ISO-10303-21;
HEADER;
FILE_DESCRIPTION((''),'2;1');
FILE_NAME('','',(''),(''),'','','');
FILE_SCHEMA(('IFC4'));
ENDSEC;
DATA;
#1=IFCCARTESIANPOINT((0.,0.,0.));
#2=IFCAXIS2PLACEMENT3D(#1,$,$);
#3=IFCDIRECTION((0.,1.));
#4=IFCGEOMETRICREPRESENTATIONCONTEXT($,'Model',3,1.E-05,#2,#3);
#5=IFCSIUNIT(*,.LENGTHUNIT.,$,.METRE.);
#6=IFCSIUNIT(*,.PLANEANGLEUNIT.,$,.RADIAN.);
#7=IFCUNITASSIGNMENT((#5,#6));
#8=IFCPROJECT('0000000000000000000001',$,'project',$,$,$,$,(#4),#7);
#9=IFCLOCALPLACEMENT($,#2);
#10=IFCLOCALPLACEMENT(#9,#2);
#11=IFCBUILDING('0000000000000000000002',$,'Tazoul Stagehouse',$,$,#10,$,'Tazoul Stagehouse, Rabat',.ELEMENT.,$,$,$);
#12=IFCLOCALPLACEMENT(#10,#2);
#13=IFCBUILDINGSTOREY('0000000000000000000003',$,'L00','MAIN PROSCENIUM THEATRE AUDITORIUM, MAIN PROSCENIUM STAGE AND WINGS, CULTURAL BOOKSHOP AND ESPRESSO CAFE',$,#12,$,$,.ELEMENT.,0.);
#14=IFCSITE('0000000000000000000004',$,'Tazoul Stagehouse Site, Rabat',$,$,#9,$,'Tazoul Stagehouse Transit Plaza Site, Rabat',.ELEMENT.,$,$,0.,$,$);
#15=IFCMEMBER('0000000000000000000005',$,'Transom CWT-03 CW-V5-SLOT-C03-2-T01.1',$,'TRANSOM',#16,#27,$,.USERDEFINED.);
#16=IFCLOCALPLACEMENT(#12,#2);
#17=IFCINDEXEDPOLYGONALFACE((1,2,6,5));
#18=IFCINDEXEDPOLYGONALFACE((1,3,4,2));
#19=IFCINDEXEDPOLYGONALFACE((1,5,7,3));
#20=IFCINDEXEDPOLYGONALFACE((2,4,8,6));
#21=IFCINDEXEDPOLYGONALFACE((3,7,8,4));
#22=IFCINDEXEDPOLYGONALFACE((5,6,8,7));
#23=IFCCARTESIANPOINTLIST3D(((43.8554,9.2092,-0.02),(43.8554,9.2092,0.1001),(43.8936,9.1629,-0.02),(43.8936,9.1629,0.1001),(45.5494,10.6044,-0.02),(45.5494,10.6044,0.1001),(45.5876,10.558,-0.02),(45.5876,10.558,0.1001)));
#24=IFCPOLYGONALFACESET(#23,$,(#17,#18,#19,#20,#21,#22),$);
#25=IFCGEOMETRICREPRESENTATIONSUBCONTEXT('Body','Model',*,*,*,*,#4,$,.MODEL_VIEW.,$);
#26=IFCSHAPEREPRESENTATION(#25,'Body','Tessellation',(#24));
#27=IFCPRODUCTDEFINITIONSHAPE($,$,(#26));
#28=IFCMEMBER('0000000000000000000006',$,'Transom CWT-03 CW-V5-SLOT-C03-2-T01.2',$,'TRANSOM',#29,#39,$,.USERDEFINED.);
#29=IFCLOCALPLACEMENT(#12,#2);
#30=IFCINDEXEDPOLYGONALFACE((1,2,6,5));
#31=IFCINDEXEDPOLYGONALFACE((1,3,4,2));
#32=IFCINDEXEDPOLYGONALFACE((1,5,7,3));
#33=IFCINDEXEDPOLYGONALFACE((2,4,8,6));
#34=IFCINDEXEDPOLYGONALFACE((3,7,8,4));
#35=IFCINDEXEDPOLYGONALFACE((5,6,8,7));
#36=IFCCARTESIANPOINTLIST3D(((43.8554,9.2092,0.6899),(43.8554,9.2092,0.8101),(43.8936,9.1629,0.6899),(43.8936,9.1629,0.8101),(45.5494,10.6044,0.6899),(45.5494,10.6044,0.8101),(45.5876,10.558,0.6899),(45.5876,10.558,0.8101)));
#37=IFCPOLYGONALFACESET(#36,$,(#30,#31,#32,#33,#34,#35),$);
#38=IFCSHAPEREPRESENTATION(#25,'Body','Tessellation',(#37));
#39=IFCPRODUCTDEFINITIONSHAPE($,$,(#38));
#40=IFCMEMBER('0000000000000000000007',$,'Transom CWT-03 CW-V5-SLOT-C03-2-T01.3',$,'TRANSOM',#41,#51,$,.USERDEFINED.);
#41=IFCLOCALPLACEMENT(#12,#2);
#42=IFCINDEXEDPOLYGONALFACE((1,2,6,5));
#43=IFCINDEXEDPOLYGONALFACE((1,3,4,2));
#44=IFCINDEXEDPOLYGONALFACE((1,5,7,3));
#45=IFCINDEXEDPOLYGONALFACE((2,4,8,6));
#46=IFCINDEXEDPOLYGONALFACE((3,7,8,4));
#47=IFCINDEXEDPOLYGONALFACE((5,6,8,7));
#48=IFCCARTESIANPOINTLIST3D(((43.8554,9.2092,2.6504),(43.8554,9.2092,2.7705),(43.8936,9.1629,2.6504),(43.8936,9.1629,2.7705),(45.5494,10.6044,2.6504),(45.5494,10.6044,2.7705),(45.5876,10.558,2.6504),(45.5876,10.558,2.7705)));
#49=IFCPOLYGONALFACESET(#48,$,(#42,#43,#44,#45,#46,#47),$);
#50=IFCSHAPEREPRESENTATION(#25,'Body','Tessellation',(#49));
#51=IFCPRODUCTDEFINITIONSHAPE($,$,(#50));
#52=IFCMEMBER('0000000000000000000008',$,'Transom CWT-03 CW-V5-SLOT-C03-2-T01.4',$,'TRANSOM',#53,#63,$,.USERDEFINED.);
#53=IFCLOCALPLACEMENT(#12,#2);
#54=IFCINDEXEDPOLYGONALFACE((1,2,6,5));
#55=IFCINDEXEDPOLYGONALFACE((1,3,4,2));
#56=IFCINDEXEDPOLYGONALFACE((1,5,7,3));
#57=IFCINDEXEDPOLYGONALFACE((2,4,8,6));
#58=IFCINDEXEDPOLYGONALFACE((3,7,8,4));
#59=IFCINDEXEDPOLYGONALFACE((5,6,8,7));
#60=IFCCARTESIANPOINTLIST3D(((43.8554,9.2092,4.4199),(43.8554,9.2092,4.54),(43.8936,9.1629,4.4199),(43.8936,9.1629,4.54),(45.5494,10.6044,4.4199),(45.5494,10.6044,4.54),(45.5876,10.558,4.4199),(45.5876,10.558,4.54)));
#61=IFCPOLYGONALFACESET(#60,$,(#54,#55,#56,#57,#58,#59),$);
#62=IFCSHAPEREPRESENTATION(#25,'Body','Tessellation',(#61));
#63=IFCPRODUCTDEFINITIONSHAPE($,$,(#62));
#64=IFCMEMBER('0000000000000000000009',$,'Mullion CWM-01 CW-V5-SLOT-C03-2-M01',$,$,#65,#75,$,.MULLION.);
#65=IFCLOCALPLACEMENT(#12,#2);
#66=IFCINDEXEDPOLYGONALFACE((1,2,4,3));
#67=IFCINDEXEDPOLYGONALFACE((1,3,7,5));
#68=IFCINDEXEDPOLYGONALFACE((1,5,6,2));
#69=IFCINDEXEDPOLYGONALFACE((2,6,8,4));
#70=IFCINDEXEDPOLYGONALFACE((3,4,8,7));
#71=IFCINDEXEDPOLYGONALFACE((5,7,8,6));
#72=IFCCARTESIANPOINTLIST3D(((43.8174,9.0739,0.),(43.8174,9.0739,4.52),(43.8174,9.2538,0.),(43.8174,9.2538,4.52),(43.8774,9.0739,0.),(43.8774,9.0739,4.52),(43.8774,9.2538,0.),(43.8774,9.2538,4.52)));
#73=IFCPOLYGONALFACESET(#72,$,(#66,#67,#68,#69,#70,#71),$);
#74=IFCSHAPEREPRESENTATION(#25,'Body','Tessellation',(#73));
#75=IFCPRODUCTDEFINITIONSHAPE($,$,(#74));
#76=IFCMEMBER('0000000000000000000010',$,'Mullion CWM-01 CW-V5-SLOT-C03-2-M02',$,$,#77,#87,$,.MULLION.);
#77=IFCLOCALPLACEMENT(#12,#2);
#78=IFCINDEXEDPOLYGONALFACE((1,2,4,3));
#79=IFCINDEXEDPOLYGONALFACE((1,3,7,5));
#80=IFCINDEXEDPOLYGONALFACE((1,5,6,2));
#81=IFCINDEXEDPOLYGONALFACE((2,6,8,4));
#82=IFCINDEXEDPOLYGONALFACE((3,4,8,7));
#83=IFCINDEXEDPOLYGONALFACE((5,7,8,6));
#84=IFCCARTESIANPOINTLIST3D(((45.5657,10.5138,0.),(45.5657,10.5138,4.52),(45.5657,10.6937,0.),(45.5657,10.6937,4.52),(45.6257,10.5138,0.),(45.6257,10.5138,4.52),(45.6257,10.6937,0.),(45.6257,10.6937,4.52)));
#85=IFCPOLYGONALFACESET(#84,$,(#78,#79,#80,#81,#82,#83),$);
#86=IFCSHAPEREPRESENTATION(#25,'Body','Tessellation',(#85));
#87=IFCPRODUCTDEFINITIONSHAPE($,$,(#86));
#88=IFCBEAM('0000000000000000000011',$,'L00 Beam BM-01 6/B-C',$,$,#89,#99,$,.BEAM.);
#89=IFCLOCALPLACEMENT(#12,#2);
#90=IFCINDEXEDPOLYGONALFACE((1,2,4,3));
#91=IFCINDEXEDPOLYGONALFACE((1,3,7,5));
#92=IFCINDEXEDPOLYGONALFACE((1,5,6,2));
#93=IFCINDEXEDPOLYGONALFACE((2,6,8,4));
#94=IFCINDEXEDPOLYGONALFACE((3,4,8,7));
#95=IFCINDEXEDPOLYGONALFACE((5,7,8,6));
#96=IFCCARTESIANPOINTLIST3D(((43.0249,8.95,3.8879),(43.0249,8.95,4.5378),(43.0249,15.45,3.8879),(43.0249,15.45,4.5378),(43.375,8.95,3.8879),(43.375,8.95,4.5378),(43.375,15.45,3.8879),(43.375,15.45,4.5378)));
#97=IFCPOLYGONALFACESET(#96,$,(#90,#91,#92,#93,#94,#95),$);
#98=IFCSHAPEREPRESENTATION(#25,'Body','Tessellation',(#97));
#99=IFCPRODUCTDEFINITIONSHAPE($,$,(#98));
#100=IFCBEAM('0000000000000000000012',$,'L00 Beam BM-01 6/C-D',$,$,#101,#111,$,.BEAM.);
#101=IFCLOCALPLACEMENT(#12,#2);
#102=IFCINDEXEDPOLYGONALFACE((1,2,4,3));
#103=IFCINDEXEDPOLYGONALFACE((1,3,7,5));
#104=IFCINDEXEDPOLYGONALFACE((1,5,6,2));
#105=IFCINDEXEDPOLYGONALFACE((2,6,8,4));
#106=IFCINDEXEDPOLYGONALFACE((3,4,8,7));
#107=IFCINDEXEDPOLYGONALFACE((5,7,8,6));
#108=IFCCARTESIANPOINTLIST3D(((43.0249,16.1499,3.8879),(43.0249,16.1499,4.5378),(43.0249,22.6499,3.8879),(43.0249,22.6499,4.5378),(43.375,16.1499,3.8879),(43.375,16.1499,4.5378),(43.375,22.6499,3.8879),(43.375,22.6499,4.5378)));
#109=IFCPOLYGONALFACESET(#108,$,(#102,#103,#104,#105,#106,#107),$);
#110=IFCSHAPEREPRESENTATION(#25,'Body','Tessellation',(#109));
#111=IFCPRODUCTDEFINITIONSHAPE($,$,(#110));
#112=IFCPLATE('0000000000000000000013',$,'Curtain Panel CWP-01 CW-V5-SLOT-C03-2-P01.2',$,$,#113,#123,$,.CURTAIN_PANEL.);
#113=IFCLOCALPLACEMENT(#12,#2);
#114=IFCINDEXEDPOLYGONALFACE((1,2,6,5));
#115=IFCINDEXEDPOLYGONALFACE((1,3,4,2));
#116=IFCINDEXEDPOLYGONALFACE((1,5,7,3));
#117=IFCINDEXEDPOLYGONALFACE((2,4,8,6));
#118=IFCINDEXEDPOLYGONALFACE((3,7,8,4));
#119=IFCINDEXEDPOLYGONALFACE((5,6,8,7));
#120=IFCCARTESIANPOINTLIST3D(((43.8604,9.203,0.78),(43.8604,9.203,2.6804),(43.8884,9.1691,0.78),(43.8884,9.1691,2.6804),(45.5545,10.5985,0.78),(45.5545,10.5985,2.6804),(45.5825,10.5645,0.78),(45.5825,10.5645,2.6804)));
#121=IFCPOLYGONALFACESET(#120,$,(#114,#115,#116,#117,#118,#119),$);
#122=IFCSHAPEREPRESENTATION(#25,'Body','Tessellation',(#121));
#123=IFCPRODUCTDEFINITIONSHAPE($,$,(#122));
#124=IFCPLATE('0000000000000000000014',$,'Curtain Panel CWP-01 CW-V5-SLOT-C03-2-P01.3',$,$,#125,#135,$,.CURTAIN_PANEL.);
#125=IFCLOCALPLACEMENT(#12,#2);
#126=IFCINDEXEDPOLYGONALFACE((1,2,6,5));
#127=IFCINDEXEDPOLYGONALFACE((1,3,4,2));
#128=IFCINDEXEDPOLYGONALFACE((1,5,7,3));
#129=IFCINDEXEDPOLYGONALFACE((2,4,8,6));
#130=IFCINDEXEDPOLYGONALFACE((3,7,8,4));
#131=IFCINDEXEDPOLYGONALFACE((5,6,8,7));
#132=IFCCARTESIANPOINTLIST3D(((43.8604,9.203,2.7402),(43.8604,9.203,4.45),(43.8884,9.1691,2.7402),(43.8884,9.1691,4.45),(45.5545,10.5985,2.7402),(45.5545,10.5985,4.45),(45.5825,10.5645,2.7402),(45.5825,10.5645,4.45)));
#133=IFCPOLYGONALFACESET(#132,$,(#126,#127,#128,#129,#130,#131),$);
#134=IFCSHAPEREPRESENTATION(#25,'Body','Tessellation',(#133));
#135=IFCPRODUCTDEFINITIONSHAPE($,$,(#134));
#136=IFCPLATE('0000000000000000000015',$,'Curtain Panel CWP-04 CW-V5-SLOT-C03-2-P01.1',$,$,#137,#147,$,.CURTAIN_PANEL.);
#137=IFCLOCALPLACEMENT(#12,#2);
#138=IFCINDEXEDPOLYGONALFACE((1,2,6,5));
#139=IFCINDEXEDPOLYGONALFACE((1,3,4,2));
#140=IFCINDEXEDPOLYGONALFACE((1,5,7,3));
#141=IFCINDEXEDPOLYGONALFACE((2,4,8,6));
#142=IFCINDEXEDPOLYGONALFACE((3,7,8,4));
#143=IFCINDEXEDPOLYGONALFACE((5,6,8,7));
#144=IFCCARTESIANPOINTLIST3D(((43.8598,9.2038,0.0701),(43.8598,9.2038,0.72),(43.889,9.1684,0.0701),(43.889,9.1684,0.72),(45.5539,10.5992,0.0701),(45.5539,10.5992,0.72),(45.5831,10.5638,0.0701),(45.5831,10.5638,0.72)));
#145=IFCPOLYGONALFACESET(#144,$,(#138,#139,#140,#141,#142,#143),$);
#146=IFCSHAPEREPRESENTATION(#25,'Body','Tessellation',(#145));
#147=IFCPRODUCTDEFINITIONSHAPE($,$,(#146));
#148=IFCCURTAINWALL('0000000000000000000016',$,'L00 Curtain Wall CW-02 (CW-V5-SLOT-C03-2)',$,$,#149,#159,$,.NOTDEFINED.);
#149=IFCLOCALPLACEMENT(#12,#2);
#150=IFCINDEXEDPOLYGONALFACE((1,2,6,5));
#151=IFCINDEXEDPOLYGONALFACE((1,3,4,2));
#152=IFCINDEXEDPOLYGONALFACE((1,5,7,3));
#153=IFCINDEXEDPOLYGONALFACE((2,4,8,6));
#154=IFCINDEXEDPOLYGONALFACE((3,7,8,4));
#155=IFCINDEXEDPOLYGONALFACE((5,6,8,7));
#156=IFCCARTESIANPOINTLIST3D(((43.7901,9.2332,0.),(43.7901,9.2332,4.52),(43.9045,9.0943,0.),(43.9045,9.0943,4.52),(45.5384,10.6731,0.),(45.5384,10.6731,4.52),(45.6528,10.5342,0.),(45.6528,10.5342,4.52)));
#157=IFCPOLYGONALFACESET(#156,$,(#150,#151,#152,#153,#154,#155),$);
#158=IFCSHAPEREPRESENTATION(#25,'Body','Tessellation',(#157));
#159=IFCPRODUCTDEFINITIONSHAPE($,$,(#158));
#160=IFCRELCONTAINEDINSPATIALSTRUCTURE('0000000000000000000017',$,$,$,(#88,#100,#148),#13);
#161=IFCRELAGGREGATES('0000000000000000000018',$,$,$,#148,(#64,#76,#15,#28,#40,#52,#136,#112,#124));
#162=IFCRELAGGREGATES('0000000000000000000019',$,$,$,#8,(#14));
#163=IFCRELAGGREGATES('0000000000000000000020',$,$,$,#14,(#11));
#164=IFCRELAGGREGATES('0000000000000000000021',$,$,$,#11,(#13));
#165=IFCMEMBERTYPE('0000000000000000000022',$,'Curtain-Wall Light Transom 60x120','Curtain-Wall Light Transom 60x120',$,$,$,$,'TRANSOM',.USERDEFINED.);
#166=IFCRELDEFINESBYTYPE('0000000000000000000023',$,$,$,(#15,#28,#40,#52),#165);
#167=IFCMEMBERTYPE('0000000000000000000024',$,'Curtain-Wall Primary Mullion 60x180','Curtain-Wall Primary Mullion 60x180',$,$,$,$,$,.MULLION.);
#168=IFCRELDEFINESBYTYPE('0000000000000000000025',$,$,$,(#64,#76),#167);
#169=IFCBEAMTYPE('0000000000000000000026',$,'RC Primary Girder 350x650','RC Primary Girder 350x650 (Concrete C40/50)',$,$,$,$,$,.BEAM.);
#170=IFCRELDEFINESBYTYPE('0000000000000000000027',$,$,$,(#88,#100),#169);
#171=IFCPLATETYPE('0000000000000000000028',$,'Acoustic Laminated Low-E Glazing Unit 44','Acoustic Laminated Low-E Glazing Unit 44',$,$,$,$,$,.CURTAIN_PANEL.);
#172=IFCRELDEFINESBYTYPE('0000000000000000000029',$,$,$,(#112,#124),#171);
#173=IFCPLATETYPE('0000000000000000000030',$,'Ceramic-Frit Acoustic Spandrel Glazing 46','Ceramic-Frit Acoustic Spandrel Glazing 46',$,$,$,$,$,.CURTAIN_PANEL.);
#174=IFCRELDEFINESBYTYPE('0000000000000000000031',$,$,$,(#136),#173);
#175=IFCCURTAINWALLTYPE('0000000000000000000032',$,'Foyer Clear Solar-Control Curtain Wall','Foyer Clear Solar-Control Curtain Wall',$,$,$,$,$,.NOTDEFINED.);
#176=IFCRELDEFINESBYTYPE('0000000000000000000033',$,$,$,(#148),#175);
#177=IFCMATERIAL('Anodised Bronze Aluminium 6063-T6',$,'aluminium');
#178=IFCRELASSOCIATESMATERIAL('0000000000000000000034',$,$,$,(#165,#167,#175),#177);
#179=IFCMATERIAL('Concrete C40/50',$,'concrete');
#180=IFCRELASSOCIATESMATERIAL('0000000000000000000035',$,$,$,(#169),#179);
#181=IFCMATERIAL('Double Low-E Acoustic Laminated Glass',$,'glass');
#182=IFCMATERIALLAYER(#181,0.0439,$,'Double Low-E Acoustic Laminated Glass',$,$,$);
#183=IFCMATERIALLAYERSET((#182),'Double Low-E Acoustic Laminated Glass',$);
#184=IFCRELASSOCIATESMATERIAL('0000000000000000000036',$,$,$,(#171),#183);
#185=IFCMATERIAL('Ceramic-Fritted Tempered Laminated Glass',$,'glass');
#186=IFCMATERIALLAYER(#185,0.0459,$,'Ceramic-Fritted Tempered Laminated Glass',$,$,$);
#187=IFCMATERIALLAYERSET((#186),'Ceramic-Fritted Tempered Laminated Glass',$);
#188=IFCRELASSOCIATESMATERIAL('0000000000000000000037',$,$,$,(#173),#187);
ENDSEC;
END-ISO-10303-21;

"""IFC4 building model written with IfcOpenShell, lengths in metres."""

from ifc_helpers import new_model, si_unit, direction, frame, frame_2d, origin, origin_2d, place, context, subcontext, project, spatial, rectangle, extrude, material, layer, layer_set, material_profile, profile_set, type_object, element, aggregate, save


model = new_model("IFC4")

# Units and contexts
model_context = context("Model", 3, precision=1e-05, world=origin(), true_north=direction((0.0, 1.0)))
body_context = subcontext(model_context, "Body", "Model", "MODEL_VIEW")
ifc_project = project(units=[si_unit("LENGTHUNIT", "METRE"), si_unit("PLANEANGLEUNIT", "RADIAN")], contexts=[model_context])

# Site, building, storey
site_placement = place(None, origin())
site = spatial("IfcSite", under=ifc_project, at=site_placement, Name="Tazoul Stagehouse Site, Rabat", LongName="Tazoul Stagehouse Transit Plaza Site, Rabat", CompositionType="ELEMENT", RefElevation=0.0)
building_placement = place(site_placement, origin())
building = spatial("IfcBuilding", under=site, at=building_placement, Name="Tazoul Stagehouse", LongName="Tazoul Stagehouse, Rabat", CompositionType="ELEMENT")
storey_placement = place(building_placement, origin())
storey = spatial("IfcBuildingStorey", under=building, at=storey_placement, Name="L00", Description="MAIN PROSCENIUM THEATRE AUDITORIUM, MAIN PROSCENIUM STAGE AND WINGS, CULTURAL BOOKSHOP AND ESPRESSO CAFE", CompositionType="ELEMENT", Elevation=0.0)

# Shared definitions
ifc_material_1 = material(Name="Concrete C40/50", Category="concrete")

# Members
ifc_material_2 = material(Name="Anodised Bronze Aluminium 6063-T6", Category="aluminium")
ifc_material_profile_1 = material_profile(ifc_material_2, rectangle(XDim=0.0601, YDim=0.1201, at=origin_2d()), Name="ALU TRANSOM 60x120")
ifc_profile_set_1 = profile_set([ifc_material_profile_1], Name="Anodised Bronze Aluminium 6063-T6")
member_type_1 = type_object("IfcMemberType", Name="Curtain-Wall Light Transom 60x120", Description="Curtain-Wall Light Transom 60x120", ElementType="TRANSOM", PredefinedType="USERDEFINED", material=ifc_profile_set_1)
member_1_placement = place(storey_placement, frame((43.8745, 9.186, 0.04), z_axis=(0.771901, 0.635742, 0.0), x_axis=(-0.635742, 0.771901, 0.0)))
member_1 = element("IfcMember", 1, at=member_1_placement, type_object=member_type_1, Name="Transom CWT-03 CW-V5-SLOT-C03-2-T01.1", ObjectType="TRANSOM", PredefinedType="USERDEFINED", context=body_context, shape_type="SweptSolid", body=[
    extrude(rectangle(XDim=0.0601, YDim=0.1201, at=origin_2d()), origin(), (0.0, 0.0, 1.0), 2.1946),
])
member_2_placement = place(storey_placement, frame((43.8745, 9.186, 0.75), z_axis=(0.771901, 0.635742, 0.0), x_axis=(-0.635742, 0.771901, 0.0)))
member_2 = element("IfcMember", 2, at=member_2_placement, type_object=member_type_1, Name="Transom CWT-03 CW-V5-SLOT-C03-2-T01.2", ObjectType="TRANSOM", PredefinedType="USERDEFINED", context=body_context, shape_type="SweptSolid", body=[
    extrude(rectangle(XDim=0.0601, YDim=0.1201, at=origin_2d()), origin(), (0.0, 0.0, 1.0), 2.1946),
])
member_3_placement = place(storey_placement, frame((43.8745, 9.186, 2.7104), z_axis=(0.771901, 0.635742, 0.0), x_axis=(-0.635742, 0.771901, 0.0)))
member_3 = element("IfcMember", 3, at=member_3_placement, type_object=member_type_1, Name="Transom CWT-03 CW-V5-SLOT-C03-2-T01.3", ObjectType="TRANSOM", PredefinedType="USERDEFINED", context=body_context, shape_type="SweptSolid", body=[
    extrude(rectangle(XDim=0.0601, YDim=0.1201, at=origin_2d()), origin(), (0.0, 0.0, 1.0), 2.1946),
])
member_4_placement = place(storey_placement, frame((43.8745, 9.186, 4.48), z_axis=(0.771901, 0.635742, 0.0), x_axis=(-0.635742, 0.771901, 0.0)))
member_4 = element("IfcMember", 4, at=member_4_placement, type_object=member_type_1, Name="Transom CWT-03 CW-V5-SLOT-C03-2-T01.4", ObjectType="TRANSOM", PredefinedType="USERDEFINED", context=body_context, shape_type="SweptSolid", body=[
    extrude(rectangle(XDim=0.0601, YDim=0.1201, at=origin_2d()), origin(), (0.0, 0.0, 1.0), 2.1946),
])
ifc_material_profile_2 = material_profile(ifc_material_2, rectangle(XDim=0.0601, YDim=0.1799, at=origin_2d()), Name="ALU MULLION 60x180")
ifc_profile_set_2 = profile_set([ifc_material_profile_2], Name="Anodised Bronze Aluminium 6063-T6")
member_type_2 = type_object("IfcMemberType", Name="Curtain-Wall Primary Mullion 60x180", Description="Curtain-Wall Primary Mullion 60x180", PredefinedType="MULLION", material=ifc_profile_set_2)
member_5_placement = place(storey_placement, frame((43.8474, 9.1638, 0.0), z_axis=(0.0, 0.0, 1.0), x_axis=(1.0, 0.0, 0.0)))
member_5 = element("IfcMember", 5, at=member_5_placement, type_object=member_type_2, Name="Mullion CWM-01 CW-V5-SLOT-C03-2-M01", PredefinedType="MULLION", context=body_context, shape_type="SweptSolid", body=[
    extrude(rectangle(XDim=0.0601, YDim=0.1799, at=origin_2d()), origin(), (0.0, 0.0, 1.0), 4.52),
])
member_6_placement = place(storey_placement, frame((45.5957, 10.6038, 0.0), z_axis=(0.0, 0.0, 1.0), x_axis=(1.0, 0.0, 0.0)))
member_6 = element("IfcMember", 6, at=member_6_placement, type_object=member_type_2, Name="Mullion CWM-01 CW-V5-SLOT-C03-2-M02", PredefinedType="MULLION", context=body_context, shape_type="SweptSolid", body=[
    extrude(rectangle(XDim=0.0601, YDim=0.1799, at=origin_2d()), origin(), (0.0, 0.0, 1.0), 4.52),
])

# Beams
ifc_material_profile_3 = material_profile(ifc_material_1, rectangle(XDim=0.3501, YDim=0.6499, at=origin_2d()), Name="RC 350x650")
ifc_profile_set_3 = profile_set([ifc_material_profile_3], Name="Concrete C40/50")
beam_type_1 = type_object("IfcBeamType", Name="RC Primary Girder 350x650", Description="RC Primary Girder 350x650 (Concrete C40/50)", PredefinedType="BEAM", material=ifc_profile_set_3)
for number, where, z_axis, x_axis, name in (
    (7, (43.2, 8.95, 4.2129), (0.0, 1.0, 0.0), (-1.0, 0.0, 0.0), "L00 Beam BM-01 6/B-C"),
    (8, (43.2, 16.1499, 4.2129), (0.0, 1.0, 0.0), (-1.0, 0.0, 0.0), "L00 Beam BM-01 6/C-D"),
):
    element("IfcBeam", number, at=place(storey_placement, frame(where, z_axis=z_axis, x_axis=x_axis)), inside=storey, type_object=beam_type_1, Name=name, PredefinedType="BEAM", context=body_context, shape_type="SweptSolid", body=[
        extrude(rectangle(XDim=0.3501, YDim=0.6499, at=origin_2d()), origin(), (0.0, 0.0, 1.0), 6.5),
    ])

# Plates
ifc_material_3 = material(Name="Double Low-E Acoustic Laminated Glass", Category="glass")
ifc_layer_1 = layer(ifc_material_3, 0.0439, Name="Double Low-E Acoustic Laminated Glass")
ifc_layer_set_1 = layer_set([ifc_layer_1], Name="Double Low-E Acoustic Laminated Glass")
plate_type_1 = type_object("IfcPlateType", Name="Acoustic Laminated Low-E Glazing Unit 44", Description="Acoustic Laminated Low-E Glazing Unit 44", PredefinedType="CURTAIN_PANEL", material=ifc_layer_set_1)
plate_1_placement = place(storey_placement, frame((44.7214, 9.8838, 0.78), z_axis=(0.0, 0.0, 1.0), x_axis=(0.771864, 0.635787, 0.0)))
plate_1 = element("IfcPlate", 9, at=plate_1_placement, type_object=plate_type_1, Name="Curtain Panel CWP-01 CW-V5-SLOT-C03-2-P01.2", PredefinedType="CURTAIN_PANEL", context=body_context, shape_type="SweptSolid", body=[
    extrude(rectangle(XDim=2.1948, YDim=0.0439, at=origin_2d()), origin(), (0.0, 0.0, 1.0), 1.9004),
])
plate_2_placement = place(storey_placement, frame((44.7214, 9.8838, 2.7402), z_axis=(0.0, 0.0, 1.0), x_axis=(0.771864, 0.635787, 0.0)))
plate_2 = element("IfcPlate", 10, at=plate_2_placement, type_object=plate_type_1, Name="Curtain Panel CWP-01 CW-V5-SLOT-C03-2-P01.3", PredefinedType="CURTAIN_PANEL", context=body_context, shape_type="SweptSolid", body=[
    extrude(rectangle(XDim=2.1948, YDim=0.0439, at=origin_2d()), origin(), (0.0, 0.0, 1.0), 1.7097),
])
ifc_material_4 = material(Name="Ceramic-Fritted Tempered Laminated Glass", Category="glass")
ifc_layer_2 = layer(ifc_material_4, 0.0459, Name="Ceramic-Fritted Tempered Laminated Glass")
ifc_layer_set_2 = layer_set([ifc_layer_2], Name="Ceramic-Fritted Tempered Laminated Glass")
plate_type_2 = type_object("IfcPlateType", Name="Ceramic-Frit Acoustic Spandrel Glazing 46", Description="Ceramic-Frit Acoustic Spandrel Glazing 46", PredefinedType="CURTAIN_PANEL", material=ifc_layer_set_2)
plate_3_placement = place(storey_placement, frame((44.7214, 9.8838, 0.0701), z_axis=(0.0, 0.0, 1.0), x_axis=(0.771864, 0.635787, 0.0)))
plate_3 = element("IfcPlate", 11, at=plate_3_placement, type_object=plate_type_2, Name="Curtain Panel CWP-04 CW-V5-SLOT-C03-2-P01.1", PredefinedType="CURTAIN_PANEL", context=body_context, shape_type="SweptSolid", body=[
    extrude(rectangle(XDim=2.1948, YDim=0.0459, at=origin_2d()), origin(), (0.0, 0.0, 1.0), 0.6499),
])

# Curtain wall
curtain_wall_type = type_object("IfcCurtainWallType", Name="Foyer Clear Solar-Control Curtain Wall", Description="Foyer Clear Solar-Control Curtain Wall", PredefinedType="NOTDEFINED", material=ifc_material_2)
curtain_wall_1_placement = place(storey_placement, frame((43.8474, 9.1638, 0.0), z_axis=(0.0, 0.0, 1.0), x_axis=(0.771893, 0.635753, 0.0)))
curtain_wall_1 = element("IfcCurtainWall", 12, at=curtain_wall_1_placement, inside=storey, type_object=curtain_wall_type, Name="L00 Curtain Wall CW-02 (CW-V5-SLOT-C03-2)", PredefinedType="NOTDEFINED", context=body_context, shape_type="SweptSolid", body=[
    extrude(rectangle(XDim=2.2649, YDim=0.1799, at=frame_2d((1.1323, 0.0))), origin(), (0.0, 0.0, 1.0), 4.52),
])
aggregate(curtain_wall_1, [member_5, member_6, member_1, member_2, member_3, member_4, plate_3, plate_1, plate_2])

save(model, "model.ifc")
